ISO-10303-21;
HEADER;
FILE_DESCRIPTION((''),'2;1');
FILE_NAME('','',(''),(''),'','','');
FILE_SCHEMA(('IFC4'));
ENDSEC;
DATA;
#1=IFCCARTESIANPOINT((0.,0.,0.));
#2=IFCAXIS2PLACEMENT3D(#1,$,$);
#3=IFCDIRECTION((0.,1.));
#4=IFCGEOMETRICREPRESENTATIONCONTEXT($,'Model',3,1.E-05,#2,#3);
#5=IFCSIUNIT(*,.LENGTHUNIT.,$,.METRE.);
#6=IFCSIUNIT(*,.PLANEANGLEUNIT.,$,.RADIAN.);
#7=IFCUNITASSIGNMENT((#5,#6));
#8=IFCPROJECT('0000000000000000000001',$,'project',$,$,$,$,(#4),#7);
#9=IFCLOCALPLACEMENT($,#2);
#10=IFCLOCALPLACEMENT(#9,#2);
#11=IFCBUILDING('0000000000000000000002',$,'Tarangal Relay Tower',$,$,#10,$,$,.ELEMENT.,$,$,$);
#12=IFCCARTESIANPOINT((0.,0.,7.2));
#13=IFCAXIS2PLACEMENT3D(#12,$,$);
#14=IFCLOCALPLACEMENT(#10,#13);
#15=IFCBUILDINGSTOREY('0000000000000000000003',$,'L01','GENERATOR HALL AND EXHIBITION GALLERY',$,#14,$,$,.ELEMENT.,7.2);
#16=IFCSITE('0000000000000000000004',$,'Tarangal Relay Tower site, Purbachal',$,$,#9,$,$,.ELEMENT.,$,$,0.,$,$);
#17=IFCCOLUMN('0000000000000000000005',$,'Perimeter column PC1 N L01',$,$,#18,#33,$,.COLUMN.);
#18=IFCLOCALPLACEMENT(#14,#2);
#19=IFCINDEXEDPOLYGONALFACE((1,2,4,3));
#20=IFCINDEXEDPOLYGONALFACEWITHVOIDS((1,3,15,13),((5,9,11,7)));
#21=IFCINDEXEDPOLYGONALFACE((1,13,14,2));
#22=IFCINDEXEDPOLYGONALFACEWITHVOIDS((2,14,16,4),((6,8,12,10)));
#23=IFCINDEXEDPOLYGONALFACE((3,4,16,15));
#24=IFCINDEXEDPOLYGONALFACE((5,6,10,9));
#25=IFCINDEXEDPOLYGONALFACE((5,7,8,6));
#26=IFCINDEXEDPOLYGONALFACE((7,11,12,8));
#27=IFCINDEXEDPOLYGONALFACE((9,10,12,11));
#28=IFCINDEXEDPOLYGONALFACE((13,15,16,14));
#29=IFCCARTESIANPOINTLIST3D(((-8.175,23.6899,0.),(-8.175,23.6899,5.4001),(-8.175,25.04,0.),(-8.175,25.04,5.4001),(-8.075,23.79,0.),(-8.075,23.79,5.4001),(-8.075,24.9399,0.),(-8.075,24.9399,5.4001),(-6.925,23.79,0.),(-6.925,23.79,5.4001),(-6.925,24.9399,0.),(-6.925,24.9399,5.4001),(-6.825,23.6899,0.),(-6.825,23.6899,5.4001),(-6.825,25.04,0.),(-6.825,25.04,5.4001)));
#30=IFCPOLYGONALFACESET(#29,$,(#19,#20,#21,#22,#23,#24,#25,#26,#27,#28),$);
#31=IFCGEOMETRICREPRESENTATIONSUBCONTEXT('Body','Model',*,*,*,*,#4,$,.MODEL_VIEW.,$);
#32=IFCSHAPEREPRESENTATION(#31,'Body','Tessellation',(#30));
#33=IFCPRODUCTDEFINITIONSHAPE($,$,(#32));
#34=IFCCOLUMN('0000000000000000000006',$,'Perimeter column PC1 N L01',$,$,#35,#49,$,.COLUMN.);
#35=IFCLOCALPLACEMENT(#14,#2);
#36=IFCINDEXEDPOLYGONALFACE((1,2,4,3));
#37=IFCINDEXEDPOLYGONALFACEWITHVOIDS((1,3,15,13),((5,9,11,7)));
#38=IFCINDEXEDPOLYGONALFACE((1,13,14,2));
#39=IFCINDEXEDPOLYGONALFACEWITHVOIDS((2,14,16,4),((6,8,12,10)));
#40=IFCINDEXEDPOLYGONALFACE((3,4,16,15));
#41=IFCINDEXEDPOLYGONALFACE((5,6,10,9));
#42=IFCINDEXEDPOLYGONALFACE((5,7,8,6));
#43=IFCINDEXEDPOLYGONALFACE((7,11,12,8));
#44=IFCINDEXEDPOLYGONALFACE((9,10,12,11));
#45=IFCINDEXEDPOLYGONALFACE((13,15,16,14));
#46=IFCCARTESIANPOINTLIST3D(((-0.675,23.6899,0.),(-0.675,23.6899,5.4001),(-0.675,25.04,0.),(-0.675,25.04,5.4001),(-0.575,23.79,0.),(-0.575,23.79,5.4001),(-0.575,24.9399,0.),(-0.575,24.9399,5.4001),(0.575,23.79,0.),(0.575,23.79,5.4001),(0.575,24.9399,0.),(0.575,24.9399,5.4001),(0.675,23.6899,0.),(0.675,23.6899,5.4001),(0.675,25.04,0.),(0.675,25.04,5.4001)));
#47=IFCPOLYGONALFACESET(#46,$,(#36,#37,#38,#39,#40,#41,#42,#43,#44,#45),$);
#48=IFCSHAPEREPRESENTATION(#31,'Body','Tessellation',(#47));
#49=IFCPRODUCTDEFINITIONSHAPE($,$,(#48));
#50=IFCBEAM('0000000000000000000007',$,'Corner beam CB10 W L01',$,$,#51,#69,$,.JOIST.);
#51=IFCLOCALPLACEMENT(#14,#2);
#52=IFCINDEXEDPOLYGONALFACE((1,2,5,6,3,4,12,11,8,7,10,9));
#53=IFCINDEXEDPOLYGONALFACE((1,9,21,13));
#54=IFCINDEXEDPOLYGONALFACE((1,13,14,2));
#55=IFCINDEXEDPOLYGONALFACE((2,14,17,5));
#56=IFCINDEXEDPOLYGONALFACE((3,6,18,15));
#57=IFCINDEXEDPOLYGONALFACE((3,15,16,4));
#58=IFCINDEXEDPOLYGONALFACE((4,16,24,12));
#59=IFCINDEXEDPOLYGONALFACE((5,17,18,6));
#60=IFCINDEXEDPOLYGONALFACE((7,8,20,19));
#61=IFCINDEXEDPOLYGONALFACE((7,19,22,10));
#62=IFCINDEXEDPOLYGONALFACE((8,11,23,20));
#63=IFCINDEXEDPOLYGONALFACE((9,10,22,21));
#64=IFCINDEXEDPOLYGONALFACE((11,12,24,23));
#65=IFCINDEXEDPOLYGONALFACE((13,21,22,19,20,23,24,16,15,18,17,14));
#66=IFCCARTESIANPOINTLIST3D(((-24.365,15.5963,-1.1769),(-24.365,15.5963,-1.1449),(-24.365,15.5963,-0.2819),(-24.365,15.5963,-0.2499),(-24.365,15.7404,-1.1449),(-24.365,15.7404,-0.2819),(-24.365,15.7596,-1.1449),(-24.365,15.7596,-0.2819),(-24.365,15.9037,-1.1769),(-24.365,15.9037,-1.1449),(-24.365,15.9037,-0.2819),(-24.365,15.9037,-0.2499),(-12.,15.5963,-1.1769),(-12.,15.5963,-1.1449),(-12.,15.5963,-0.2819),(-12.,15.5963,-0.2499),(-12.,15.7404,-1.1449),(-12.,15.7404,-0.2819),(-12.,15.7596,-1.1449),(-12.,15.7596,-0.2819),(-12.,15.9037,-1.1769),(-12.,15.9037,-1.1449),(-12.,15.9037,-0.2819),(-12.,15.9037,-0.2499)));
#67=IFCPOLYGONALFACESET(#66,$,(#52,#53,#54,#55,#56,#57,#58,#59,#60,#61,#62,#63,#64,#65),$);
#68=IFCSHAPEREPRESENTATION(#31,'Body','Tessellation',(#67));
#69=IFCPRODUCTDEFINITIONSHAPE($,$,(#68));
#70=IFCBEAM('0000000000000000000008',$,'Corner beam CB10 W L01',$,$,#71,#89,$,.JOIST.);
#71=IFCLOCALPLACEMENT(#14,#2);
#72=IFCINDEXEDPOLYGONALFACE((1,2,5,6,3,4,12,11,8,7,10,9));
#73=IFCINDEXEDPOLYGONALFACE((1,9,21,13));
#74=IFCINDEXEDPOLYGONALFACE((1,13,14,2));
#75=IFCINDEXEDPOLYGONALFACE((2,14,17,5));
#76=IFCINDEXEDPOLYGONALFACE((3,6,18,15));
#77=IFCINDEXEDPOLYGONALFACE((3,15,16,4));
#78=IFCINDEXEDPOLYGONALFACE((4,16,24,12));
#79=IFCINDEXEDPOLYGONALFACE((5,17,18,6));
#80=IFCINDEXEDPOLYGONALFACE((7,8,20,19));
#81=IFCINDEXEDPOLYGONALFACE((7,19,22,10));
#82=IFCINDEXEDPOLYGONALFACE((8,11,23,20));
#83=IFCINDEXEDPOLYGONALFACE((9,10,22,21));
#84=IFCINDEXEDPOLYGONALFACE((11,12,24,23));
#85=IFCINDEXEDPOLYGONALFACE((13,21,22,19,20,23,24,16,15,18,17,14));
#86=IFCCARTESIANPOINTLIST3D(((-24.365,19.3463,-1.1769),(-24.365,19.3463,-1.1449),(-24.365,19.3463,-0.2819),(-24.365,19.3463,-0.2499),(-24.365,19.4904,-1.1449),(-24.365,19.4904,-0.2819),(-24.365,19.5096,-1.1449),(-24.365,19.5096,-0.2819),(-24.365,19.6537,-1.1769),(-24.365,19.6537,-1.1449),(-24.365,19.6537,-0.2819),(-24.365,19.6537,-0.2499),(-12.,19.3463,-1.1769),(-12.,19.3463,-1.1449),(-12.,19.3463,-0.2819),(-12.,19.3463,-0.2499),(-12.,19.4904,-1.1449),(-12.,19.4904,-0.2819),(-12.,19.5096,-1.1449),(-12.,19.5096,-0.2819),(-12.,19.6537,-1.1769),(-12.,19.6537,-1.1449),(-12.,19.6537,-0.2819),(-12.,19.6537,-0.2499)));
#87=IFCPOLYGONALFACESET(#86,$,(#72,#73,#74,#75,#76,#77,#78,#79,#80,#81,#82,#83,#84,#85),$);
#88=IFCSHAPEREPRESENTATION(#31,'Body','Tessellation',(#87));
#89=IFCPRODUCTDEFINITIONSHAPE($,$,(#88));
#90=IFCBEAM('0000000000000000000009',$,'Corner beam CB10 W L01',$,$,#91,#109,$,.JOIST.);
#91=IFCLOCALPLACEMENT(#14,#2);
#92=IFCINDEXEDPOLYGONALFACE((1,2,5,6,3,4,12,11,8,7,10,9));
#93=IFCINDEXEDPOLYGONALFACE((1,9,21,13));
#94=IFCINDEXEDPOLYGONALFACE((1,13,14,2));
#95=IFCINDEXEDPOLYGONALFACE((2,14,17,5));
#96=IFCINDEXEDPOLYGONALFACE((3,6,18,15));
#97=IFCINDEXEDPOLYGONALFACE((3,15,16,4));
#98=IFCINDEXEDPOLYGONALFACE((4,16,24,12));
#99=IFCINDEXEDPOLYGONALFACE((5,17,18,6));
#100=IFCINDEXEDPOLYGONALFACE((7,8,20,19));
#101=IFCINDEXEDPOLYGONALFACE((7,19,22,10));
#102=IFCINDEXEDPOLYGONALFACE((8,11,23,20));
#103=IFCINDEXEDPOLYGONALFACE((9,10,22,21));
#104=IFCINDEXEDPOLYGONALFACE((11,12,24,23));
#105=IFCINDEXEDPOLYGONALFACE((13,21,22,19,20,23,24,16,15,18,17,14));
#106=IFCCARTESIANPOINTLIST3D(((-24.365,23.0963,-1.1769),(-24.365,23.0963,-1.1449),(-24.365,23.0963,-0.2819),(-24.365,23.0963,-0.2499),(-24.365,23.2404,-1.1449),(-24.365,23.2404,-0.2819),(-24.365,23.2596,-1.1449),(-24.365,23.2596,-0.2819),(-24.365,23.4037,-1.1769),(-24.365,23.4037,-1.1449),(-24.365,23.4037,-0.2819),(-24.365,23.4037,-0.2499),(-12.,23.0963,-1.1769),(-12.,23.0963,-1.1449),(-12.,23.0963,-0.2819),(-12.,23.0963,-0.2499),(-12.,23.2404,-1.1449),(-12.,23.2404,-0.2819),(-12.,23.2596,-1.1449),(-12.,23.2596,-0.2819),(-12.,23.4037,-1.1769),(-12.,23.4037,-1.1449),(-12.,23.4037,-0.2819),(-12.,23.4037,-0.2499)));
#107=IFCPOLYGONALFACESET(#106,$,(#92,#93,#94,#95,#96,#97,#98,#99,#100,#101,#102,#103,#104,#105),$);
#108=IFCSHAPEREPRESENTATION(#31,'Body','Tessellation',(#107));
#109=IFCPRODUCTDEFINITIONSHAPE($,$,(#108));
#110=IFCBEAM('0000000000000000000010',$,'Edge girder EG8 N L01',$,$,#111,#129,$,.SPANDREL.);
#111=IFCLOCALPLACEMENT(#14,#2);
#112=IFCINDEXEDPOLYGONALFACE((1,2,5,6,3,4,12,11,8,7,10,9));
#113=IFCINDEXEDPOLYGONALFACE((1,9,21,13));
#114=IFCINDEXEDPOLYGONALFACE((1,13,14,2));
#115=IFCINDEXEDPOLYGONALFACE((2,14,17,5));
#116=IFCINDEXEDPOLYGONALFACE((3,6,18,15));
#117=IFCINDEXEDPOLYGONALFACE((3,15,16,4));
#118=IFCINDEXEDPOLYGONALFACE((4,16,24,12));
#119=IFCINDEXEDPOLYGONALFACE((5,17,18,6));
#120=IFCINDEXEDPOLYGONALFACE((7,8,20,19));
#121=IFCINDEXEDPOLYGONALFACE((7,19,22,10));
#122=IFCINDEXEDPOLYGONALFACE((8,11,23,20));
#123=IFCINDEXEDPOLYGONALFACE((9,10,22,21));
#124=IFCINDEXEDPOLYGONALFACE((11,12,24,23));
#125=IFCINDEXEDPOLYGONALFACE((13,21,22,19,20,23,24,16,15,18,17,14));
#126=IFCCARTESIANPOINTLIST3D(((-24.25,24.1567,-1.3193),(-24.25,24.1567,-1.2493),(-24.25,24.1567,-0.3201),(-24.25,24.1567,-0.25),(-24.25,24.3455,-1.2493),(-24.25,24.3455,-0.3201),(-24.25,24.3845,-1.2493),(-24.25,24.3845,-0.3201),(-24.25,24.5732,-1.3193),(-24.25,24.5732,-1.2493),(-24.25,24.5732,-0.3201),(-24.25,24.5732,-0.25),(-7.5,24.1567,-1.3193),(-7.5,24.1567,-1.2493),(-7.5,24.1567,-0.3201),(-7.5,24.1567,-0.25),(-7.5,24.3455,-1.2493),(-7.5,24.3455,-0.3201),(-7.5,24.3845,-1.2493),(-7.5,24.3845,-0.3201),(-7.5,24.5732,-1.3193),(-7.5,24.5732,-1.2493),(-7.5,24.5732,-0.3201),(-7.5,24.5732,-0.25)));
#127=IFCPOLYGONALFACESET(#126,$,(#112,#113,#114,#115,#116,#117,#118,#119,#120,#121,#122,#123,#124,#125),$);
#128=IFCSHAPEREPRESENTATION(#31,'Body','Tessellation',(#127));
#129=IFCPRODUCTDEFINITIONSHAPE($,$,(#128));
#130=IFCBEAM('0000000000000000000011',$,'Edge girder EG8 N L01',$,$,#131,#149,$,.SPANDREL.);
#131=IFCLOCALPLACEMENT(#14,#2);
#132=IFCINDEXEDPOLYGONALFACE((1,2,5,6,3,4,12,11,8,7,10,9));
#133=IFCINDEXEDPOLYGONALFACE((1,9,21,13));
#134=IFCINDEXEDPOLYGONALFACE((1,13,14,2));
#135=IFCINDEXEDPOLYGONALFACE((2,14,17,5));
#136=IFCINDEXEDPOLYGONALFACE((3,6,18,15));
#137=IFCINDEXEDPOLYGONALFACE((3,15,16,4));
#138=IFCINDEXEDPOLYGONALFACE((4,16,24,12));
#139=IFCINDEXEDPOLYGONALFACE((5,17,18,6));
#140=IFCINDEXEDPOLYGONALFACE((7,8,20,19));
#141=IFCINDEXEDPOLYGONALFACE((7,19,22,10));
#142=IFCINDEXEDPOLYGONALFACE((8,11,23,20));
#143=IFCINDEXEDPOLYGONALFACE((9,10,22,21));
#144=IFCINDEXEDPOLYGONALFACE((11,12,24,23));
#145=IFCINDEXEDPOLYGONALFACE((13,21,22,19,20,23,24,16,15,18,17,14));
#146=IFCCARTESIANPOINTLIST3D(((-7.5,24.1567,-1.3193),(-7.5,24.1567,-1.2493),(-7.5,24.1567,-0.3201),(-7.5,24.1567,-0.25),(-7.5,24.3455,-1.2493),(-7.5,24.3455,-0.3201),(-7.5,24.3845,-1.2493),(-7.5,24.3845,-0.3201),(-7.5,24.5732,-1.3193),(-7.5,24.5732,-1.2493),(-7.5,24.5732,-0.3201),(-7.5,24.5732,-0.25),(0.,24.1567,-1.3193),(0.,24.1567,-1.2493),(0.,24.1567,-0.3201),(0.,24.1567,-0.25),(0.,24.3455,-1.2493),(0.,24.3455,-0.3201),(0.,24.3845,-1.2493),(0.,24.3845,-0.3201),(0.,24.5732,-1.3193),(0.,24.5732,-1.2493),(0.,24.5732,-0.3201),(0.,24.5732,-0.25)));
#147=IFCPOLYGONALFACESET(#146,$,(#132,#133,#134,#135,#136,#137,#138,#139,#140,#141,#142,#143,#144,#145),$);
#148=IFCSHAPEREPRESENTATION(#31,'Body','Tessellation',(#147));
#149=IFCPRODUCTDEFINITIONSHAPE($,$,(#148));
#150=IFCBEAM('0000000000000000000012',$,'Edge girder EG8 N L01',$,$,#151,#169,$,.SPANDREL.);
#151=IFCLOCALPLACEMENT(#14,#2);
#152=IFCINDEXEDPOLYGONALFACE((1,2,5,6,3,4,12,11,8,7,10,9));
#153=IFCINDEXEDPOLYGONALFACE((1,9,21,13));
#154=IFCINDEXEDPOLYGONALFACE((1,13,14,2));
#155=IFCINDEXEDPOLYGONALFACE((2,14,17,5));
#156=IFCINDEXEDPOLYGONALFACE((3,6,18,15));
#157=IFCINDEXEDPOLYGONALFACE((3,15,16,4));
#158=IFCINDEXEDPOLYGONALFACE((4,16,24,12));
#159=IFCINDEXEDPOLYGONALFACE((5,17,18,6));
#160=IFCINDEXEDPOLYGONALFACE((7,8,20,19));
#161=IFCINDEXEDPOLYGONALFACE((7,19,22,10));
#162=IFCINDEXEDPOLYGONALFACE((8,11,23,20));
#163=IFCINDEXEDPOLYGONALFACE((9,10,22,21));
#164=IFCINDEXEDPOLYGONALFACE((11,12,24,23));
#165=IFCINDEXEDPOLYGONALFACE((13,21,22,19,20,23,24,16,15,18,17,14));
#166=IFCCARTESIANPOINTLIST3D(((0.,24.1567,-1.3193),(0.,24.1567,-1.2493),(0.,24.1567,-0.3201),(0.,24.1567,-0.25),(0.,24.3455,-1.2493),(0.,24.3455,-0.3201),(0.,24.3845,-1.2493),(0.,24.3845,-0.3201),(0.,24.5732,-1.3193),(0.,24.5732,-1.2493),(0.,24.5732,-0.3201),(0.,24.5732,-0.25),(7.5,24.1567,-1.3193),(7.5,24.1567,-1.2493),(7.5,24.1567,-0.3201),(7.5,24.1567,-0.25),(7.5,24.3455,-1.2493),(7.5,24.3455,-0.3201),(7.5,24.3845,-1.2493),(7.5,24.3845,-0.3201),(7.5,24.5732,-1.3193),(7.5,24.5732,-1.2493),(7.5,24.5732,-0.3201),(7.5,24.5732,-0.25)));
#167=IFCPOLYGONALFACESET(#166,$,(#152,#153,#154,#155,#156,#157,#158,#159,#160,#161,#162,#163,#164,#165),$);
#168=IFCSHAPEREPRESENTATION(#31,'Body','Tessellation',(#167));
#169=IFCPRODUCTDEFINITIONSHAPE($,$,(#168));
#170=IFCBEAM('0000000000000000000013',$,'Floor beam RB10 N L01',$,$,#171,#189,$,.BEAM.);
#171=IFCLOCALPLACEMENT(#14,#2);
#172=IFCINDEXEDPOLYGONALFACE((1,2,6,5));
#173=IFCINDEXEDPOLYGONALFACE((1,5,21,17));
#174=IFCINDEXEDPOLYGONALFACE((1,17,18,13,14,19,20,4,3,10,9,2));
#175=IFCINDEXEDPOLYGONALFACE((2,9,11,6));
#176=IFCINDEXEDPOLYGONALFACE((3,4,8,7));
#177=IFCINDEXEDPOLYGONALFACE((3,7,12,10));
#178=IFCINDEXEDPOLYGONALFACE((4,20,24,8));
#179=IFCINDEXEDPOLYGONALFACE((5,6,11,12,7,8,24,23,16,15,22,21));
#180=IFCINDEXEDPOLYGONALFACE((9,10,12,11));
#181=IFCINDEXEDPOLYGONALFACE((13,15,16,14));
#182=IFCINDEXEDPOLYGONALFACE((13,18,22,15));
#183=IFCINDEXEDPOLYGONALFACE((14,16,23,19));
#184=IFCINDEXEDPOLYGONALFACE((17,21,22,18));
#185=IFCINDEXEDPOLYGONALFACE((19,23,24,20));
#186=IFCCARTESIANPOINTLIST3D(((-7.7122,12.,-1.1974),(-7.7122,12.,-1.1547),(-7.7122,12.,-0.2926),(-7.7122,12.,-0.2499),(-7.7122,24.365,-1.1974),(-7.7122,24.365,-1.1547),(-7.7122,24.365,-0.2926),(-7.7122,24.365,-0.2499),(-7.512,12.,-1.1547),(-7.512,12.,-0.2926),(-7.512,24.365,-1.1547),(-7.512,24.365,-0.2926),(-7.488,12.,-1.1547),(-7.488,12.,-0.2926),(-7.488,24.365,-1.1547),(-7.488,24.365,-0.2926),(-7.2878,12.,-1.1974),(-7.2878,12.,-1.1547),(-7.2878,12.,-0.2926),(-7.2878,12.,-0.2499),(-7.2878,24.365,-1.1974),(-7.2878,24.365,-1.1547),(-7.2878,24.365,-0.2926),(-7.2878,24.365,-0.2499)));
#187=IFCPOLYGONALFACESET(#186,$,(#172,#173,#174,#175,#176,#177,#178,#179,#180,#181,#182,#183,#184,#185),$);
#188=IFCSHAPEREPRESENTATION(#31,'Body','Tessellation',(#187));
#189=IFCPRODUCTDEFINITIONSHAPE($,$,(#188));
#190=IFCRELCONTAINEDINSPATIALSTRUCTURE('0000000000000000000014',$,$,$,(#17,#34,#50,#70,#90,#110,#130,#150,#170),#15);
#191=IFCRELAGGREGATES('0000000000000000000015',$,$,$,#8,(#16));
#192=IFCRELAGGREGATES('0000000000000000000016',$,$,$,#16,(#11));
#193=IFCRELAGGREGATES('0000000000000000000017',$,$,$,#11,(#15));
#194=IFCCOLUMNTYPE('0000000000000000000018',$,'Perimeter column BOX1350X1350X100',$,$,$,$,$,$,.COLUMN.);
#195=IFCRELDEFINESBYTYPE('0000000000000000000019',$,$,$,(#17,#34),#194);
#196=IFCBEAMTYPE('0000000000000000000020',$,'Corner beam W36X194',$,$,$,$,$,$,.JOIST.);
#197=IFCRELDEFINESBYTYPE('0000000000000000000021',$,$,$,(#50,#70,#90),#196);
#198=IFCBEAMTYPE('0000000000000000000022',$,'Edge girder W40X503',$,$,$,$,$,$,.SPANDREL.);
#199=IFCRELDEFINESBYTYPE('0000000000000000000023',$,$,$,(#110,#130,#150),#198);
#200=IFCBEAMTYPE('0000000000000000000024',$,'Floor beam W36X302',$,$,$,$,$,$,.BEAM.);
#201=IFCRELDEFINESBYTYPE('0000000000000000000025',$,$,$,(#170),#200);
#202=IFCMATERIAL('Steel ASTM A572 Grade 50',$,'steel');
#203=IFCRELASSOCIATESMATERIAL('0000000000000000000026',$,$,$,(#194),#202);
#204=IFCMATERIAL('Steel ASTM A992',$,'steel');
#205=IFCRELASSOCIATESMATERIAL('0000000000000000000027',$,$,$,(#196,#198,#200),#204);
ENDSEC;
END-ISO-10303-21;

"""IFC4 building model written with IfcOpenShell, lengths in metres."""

from ifc_helpers import new_model, si_unit, direction, frame, origin, origin_2d, place, context, subcontext, project, spatial, hollow_rectangle, i_section, extrude, material, material_profile, profile_set, type_object, element, save


model = new_model("IFC4")

# Units and contexts
model_context = context("Model", 3, precision=1e-05, world=origin(), true_north=direction((0.0, 1.0)))
body_context = subcontext(model_context, "Body", "Model", "MODEL_VIEW")
ifc_project = project(units=[si_unit("LENGTHUNIT", "METRE"), si_unit("PLANEANGLEUNIT", "RADIAN")], contexts=[model_context])

# Site, building, storey
site_placement = place(None, origin())
site = spatial("IfcSite", under=ifc_project, at=site_placement, Name="Tarangal Relay Tower site, Purbachal", CompositionType="ELEMENT", RefElevation=0.0)
building_placement = place(site_placement, origin())
building = spatial("IfcBuilding", under=site, at=building_placement, Name="Tarangal Relay Tower", CompositionType="ELEMENT")
storey_placement = place(building_placement, frame((0.0, 0.0, 7.2)))
storey = spatial("IfcBuildingStorey", under=building, at=storey_placement, Name="L01", Description="GENERATOR HALL AND EXHIBITION GALLERY", CompositionType="ELEMENT", Elevation=7.2)

# Columns
ifc_material_1 = material(Name="Steel ASTM A572 Grade 50", Category="steel")
ifc_material_profile_1 = material_profile(ifc_material_1, hollow_rectangle(XDim=1.3501, YDim=1.3501, WallThickness=0.1001, at=origin_2d()), Name="BOX1350X1350X100")
ifc_profile_set_1 = profile_set([ifc_material_profile_1], Name="Steel ASTM A572 Grade 50")
column_type = type_object("IfcColumnType", Name="Perimeter column BOX1350X1350X100", PredefinedType="COLUMN", material=ifc_profile_set_1)
for number, where, z_axis, x_axis, name in (
    (1, (-7.5, 24.365, 0.0), (0.0, 0.0, 1.0), (1.0, 0.0, 0.0), "Perimeter column PC1 N L01"),
    (2, (0.0, 24.365, 0.0), (0.0, 0.0, 1.0), (1.0, 0.0, 0.0), "Perimeter column PC1 N L01"),
):
    element("IfcColumn", number, at=place(storey_placement, frame(where, z_axis=z_axis, x_axis=x_axis)), inside=storey, type_object=column_type, Name=name, PredefinedType="COLUMN", context=body_context, shape_type="SweptSolid", body=[
        extrude(hollow_rectangle(XDim=1.3501, YDim=1.3501, WallThickness=0.1001, at=origin_2d()), origin(), (0.0, 0.0, 1.0), 5.4001),
    ])

# Beams
ifc_material_2 = material(Name="Steel ASTM A992", Category="steel")
ifc_material_profile_2 = material_profile(ifc_material_2, i_section(OverallWidth=0.3074, OverallDepth=0.927, WebThickness=0.0193, FlangeThickness=0.032, at=origin_2d()), Name="W36X194")
ifc_profile_set_2 = profile_set([ifc_material_profile_2], Name="Steel ASTM A992")
beam_type_1 = type_object("IfcBeamType", Name="Corner beam W36X194", PredefinedType="JOIST", material=ifc_profile_set_2)
for number, where, z_axis, x_axis, name in (
    (3, (-12.0, 15.75, -0.7134), (-1.0, 0.0, 0.0), (0.0, -1.0, 0.0), "Corner beam CB10 W L01"),
    (4, (-12.0, 19.5, -0.7134), (-1.0, 0.0, 0.0), (0.0, -1.0, 0.0), "Corner beam CB10 W L01"),
    (5, (-12.0, 23.25, -0.7134), (-1.0, 0.0, 0.0), (0.0, -1.0, 0.0), "Corner beam CB10 W L01"),
):
    element("IfcBeam", number, at=place(storey_placement, frame(where, z_axis=z_axis, x_axis=x_axis)), inside=storey, type_object=beam_type_1, Name=name, PredefinedType="JOIST", context=body_context, shape_type="SweptSolid", body=[
        extrude(i_section(OverallWidth=0.3074, OverallDepth=0.927, WebThickness=0.0193, FlangeThickness=0.032, at=origin_2d()), origin(), (0.0, 0.0, 1.0), 12.365),
    ])
ifc_material_profile_3 = material_profile(ifc_material_2, i_section(OverallWidth=0.4165, OverallDepth=1.0693, WebThickness=0.0391, FlangeThickness=0.0701, at=origin_2d()), Name="W40X503")
ifc_profile_set_3 = profile_set([ifc_material_profile_3], Name="Steel ASTM A992")
beam_type_2 = type_object("IfcBeamType", Name="Edge girder W40X503", PredefinedType="SPANDREL", material=ifc_profile_set_3)
beam_1_placement = place(storey_placement, frame((-24.25, 24.365, -0.7847), z_axis=(1.0, 0.0, 0.0), x_axis=(0.0, 1.0, 0.0)))
element("IfcBeam", 6, at=beam_1_placement, inside=storey, type_object=beam_type_2, Name="Edge girder EG8 N L01", PredefinedType="SPANDREL", context=body_context, shape_type="SweptSolid", body=[
    extrude(i_section(OverallWidth=0.4165, OverallDepth=1.0693, WebThickness=0.0391, FlangeThickness=0.0701, at=origin_2d()), origin(), (0.0, 0.0, 1.0), 16.75),
])
for number, where, z_axis, x_axis, name in (
    (7, (-7.5, 24.365, -0.7847), (1.0, 0.0, 0.0), (0.0, 1.0, 0.0), "Edge girder EG8 N L01"),
    (8, (0.0, 24.365, -0.7847), (1.0, 0.0, 0.0), (0.0, 1.0, 0.0), "Edge girder EG8 N L01"),
):
    element("IfcBeam", number, at=place(storey_placement, frame(where, z_axis=z_axis, x_axis=x_axis)), inside=storey, type_object=beam_type_2, Name=name, PredefinedType="SPANDREL", context=body_context, shape_type="SweptSolid", body=[
        extrude(i_section(OverallWidth=0.4165, OverallDepth=1.0693, WebThickness=0.0391, FlangeThickness=0.0701, at=origin_2d()), origin(), (0.0, 0.0, 1.0), 7.5),
    ])
ifc_material_profile_4 = material_profile(ifc_material_2, i_section(OverallWidth=0.4243, OverallDepth=0.9475, WebThickness=0.0239, FlangeThickness=0.0427, at=origin_2d()), Name="W36X302")
ifc_profile_set_4 = profile_set([ifc_material_profile_4], Name="Steel ASTM A992")
beam_type_3 = type_object("IfcBeamType", Name="Floor beam W36X302", PredefinedType="BEAM", material=ifc_profile_set_4)
for number, where, z_axis, x_axis, name in (
    (9, (-7.5, 12.0, -0.7236), (0.0, 1.0, 0.0), (-1.0, 0.0, 0.0), "Floor beam RB10 N L01"),
):
    element("IfcBeam", number, at=place(storey_placement, frame(where, z_axis=z_axis, x_axis=x_axis)), inside=storey, type_object=beam_type_3, Name=name, PredefinedType="BEAM", context=body_context, shape_type="SweptSolid", body=[
        extrude(i_section(OverallWidth=0.4243, OverallDepth=0.9475, WebThickness=0.0239, FlangeThickness=0.0427, at=origin_2d()), origin(), (0.0, 0.0, 1.0), 12.365),
    ])

save(model, "model.ifc")
